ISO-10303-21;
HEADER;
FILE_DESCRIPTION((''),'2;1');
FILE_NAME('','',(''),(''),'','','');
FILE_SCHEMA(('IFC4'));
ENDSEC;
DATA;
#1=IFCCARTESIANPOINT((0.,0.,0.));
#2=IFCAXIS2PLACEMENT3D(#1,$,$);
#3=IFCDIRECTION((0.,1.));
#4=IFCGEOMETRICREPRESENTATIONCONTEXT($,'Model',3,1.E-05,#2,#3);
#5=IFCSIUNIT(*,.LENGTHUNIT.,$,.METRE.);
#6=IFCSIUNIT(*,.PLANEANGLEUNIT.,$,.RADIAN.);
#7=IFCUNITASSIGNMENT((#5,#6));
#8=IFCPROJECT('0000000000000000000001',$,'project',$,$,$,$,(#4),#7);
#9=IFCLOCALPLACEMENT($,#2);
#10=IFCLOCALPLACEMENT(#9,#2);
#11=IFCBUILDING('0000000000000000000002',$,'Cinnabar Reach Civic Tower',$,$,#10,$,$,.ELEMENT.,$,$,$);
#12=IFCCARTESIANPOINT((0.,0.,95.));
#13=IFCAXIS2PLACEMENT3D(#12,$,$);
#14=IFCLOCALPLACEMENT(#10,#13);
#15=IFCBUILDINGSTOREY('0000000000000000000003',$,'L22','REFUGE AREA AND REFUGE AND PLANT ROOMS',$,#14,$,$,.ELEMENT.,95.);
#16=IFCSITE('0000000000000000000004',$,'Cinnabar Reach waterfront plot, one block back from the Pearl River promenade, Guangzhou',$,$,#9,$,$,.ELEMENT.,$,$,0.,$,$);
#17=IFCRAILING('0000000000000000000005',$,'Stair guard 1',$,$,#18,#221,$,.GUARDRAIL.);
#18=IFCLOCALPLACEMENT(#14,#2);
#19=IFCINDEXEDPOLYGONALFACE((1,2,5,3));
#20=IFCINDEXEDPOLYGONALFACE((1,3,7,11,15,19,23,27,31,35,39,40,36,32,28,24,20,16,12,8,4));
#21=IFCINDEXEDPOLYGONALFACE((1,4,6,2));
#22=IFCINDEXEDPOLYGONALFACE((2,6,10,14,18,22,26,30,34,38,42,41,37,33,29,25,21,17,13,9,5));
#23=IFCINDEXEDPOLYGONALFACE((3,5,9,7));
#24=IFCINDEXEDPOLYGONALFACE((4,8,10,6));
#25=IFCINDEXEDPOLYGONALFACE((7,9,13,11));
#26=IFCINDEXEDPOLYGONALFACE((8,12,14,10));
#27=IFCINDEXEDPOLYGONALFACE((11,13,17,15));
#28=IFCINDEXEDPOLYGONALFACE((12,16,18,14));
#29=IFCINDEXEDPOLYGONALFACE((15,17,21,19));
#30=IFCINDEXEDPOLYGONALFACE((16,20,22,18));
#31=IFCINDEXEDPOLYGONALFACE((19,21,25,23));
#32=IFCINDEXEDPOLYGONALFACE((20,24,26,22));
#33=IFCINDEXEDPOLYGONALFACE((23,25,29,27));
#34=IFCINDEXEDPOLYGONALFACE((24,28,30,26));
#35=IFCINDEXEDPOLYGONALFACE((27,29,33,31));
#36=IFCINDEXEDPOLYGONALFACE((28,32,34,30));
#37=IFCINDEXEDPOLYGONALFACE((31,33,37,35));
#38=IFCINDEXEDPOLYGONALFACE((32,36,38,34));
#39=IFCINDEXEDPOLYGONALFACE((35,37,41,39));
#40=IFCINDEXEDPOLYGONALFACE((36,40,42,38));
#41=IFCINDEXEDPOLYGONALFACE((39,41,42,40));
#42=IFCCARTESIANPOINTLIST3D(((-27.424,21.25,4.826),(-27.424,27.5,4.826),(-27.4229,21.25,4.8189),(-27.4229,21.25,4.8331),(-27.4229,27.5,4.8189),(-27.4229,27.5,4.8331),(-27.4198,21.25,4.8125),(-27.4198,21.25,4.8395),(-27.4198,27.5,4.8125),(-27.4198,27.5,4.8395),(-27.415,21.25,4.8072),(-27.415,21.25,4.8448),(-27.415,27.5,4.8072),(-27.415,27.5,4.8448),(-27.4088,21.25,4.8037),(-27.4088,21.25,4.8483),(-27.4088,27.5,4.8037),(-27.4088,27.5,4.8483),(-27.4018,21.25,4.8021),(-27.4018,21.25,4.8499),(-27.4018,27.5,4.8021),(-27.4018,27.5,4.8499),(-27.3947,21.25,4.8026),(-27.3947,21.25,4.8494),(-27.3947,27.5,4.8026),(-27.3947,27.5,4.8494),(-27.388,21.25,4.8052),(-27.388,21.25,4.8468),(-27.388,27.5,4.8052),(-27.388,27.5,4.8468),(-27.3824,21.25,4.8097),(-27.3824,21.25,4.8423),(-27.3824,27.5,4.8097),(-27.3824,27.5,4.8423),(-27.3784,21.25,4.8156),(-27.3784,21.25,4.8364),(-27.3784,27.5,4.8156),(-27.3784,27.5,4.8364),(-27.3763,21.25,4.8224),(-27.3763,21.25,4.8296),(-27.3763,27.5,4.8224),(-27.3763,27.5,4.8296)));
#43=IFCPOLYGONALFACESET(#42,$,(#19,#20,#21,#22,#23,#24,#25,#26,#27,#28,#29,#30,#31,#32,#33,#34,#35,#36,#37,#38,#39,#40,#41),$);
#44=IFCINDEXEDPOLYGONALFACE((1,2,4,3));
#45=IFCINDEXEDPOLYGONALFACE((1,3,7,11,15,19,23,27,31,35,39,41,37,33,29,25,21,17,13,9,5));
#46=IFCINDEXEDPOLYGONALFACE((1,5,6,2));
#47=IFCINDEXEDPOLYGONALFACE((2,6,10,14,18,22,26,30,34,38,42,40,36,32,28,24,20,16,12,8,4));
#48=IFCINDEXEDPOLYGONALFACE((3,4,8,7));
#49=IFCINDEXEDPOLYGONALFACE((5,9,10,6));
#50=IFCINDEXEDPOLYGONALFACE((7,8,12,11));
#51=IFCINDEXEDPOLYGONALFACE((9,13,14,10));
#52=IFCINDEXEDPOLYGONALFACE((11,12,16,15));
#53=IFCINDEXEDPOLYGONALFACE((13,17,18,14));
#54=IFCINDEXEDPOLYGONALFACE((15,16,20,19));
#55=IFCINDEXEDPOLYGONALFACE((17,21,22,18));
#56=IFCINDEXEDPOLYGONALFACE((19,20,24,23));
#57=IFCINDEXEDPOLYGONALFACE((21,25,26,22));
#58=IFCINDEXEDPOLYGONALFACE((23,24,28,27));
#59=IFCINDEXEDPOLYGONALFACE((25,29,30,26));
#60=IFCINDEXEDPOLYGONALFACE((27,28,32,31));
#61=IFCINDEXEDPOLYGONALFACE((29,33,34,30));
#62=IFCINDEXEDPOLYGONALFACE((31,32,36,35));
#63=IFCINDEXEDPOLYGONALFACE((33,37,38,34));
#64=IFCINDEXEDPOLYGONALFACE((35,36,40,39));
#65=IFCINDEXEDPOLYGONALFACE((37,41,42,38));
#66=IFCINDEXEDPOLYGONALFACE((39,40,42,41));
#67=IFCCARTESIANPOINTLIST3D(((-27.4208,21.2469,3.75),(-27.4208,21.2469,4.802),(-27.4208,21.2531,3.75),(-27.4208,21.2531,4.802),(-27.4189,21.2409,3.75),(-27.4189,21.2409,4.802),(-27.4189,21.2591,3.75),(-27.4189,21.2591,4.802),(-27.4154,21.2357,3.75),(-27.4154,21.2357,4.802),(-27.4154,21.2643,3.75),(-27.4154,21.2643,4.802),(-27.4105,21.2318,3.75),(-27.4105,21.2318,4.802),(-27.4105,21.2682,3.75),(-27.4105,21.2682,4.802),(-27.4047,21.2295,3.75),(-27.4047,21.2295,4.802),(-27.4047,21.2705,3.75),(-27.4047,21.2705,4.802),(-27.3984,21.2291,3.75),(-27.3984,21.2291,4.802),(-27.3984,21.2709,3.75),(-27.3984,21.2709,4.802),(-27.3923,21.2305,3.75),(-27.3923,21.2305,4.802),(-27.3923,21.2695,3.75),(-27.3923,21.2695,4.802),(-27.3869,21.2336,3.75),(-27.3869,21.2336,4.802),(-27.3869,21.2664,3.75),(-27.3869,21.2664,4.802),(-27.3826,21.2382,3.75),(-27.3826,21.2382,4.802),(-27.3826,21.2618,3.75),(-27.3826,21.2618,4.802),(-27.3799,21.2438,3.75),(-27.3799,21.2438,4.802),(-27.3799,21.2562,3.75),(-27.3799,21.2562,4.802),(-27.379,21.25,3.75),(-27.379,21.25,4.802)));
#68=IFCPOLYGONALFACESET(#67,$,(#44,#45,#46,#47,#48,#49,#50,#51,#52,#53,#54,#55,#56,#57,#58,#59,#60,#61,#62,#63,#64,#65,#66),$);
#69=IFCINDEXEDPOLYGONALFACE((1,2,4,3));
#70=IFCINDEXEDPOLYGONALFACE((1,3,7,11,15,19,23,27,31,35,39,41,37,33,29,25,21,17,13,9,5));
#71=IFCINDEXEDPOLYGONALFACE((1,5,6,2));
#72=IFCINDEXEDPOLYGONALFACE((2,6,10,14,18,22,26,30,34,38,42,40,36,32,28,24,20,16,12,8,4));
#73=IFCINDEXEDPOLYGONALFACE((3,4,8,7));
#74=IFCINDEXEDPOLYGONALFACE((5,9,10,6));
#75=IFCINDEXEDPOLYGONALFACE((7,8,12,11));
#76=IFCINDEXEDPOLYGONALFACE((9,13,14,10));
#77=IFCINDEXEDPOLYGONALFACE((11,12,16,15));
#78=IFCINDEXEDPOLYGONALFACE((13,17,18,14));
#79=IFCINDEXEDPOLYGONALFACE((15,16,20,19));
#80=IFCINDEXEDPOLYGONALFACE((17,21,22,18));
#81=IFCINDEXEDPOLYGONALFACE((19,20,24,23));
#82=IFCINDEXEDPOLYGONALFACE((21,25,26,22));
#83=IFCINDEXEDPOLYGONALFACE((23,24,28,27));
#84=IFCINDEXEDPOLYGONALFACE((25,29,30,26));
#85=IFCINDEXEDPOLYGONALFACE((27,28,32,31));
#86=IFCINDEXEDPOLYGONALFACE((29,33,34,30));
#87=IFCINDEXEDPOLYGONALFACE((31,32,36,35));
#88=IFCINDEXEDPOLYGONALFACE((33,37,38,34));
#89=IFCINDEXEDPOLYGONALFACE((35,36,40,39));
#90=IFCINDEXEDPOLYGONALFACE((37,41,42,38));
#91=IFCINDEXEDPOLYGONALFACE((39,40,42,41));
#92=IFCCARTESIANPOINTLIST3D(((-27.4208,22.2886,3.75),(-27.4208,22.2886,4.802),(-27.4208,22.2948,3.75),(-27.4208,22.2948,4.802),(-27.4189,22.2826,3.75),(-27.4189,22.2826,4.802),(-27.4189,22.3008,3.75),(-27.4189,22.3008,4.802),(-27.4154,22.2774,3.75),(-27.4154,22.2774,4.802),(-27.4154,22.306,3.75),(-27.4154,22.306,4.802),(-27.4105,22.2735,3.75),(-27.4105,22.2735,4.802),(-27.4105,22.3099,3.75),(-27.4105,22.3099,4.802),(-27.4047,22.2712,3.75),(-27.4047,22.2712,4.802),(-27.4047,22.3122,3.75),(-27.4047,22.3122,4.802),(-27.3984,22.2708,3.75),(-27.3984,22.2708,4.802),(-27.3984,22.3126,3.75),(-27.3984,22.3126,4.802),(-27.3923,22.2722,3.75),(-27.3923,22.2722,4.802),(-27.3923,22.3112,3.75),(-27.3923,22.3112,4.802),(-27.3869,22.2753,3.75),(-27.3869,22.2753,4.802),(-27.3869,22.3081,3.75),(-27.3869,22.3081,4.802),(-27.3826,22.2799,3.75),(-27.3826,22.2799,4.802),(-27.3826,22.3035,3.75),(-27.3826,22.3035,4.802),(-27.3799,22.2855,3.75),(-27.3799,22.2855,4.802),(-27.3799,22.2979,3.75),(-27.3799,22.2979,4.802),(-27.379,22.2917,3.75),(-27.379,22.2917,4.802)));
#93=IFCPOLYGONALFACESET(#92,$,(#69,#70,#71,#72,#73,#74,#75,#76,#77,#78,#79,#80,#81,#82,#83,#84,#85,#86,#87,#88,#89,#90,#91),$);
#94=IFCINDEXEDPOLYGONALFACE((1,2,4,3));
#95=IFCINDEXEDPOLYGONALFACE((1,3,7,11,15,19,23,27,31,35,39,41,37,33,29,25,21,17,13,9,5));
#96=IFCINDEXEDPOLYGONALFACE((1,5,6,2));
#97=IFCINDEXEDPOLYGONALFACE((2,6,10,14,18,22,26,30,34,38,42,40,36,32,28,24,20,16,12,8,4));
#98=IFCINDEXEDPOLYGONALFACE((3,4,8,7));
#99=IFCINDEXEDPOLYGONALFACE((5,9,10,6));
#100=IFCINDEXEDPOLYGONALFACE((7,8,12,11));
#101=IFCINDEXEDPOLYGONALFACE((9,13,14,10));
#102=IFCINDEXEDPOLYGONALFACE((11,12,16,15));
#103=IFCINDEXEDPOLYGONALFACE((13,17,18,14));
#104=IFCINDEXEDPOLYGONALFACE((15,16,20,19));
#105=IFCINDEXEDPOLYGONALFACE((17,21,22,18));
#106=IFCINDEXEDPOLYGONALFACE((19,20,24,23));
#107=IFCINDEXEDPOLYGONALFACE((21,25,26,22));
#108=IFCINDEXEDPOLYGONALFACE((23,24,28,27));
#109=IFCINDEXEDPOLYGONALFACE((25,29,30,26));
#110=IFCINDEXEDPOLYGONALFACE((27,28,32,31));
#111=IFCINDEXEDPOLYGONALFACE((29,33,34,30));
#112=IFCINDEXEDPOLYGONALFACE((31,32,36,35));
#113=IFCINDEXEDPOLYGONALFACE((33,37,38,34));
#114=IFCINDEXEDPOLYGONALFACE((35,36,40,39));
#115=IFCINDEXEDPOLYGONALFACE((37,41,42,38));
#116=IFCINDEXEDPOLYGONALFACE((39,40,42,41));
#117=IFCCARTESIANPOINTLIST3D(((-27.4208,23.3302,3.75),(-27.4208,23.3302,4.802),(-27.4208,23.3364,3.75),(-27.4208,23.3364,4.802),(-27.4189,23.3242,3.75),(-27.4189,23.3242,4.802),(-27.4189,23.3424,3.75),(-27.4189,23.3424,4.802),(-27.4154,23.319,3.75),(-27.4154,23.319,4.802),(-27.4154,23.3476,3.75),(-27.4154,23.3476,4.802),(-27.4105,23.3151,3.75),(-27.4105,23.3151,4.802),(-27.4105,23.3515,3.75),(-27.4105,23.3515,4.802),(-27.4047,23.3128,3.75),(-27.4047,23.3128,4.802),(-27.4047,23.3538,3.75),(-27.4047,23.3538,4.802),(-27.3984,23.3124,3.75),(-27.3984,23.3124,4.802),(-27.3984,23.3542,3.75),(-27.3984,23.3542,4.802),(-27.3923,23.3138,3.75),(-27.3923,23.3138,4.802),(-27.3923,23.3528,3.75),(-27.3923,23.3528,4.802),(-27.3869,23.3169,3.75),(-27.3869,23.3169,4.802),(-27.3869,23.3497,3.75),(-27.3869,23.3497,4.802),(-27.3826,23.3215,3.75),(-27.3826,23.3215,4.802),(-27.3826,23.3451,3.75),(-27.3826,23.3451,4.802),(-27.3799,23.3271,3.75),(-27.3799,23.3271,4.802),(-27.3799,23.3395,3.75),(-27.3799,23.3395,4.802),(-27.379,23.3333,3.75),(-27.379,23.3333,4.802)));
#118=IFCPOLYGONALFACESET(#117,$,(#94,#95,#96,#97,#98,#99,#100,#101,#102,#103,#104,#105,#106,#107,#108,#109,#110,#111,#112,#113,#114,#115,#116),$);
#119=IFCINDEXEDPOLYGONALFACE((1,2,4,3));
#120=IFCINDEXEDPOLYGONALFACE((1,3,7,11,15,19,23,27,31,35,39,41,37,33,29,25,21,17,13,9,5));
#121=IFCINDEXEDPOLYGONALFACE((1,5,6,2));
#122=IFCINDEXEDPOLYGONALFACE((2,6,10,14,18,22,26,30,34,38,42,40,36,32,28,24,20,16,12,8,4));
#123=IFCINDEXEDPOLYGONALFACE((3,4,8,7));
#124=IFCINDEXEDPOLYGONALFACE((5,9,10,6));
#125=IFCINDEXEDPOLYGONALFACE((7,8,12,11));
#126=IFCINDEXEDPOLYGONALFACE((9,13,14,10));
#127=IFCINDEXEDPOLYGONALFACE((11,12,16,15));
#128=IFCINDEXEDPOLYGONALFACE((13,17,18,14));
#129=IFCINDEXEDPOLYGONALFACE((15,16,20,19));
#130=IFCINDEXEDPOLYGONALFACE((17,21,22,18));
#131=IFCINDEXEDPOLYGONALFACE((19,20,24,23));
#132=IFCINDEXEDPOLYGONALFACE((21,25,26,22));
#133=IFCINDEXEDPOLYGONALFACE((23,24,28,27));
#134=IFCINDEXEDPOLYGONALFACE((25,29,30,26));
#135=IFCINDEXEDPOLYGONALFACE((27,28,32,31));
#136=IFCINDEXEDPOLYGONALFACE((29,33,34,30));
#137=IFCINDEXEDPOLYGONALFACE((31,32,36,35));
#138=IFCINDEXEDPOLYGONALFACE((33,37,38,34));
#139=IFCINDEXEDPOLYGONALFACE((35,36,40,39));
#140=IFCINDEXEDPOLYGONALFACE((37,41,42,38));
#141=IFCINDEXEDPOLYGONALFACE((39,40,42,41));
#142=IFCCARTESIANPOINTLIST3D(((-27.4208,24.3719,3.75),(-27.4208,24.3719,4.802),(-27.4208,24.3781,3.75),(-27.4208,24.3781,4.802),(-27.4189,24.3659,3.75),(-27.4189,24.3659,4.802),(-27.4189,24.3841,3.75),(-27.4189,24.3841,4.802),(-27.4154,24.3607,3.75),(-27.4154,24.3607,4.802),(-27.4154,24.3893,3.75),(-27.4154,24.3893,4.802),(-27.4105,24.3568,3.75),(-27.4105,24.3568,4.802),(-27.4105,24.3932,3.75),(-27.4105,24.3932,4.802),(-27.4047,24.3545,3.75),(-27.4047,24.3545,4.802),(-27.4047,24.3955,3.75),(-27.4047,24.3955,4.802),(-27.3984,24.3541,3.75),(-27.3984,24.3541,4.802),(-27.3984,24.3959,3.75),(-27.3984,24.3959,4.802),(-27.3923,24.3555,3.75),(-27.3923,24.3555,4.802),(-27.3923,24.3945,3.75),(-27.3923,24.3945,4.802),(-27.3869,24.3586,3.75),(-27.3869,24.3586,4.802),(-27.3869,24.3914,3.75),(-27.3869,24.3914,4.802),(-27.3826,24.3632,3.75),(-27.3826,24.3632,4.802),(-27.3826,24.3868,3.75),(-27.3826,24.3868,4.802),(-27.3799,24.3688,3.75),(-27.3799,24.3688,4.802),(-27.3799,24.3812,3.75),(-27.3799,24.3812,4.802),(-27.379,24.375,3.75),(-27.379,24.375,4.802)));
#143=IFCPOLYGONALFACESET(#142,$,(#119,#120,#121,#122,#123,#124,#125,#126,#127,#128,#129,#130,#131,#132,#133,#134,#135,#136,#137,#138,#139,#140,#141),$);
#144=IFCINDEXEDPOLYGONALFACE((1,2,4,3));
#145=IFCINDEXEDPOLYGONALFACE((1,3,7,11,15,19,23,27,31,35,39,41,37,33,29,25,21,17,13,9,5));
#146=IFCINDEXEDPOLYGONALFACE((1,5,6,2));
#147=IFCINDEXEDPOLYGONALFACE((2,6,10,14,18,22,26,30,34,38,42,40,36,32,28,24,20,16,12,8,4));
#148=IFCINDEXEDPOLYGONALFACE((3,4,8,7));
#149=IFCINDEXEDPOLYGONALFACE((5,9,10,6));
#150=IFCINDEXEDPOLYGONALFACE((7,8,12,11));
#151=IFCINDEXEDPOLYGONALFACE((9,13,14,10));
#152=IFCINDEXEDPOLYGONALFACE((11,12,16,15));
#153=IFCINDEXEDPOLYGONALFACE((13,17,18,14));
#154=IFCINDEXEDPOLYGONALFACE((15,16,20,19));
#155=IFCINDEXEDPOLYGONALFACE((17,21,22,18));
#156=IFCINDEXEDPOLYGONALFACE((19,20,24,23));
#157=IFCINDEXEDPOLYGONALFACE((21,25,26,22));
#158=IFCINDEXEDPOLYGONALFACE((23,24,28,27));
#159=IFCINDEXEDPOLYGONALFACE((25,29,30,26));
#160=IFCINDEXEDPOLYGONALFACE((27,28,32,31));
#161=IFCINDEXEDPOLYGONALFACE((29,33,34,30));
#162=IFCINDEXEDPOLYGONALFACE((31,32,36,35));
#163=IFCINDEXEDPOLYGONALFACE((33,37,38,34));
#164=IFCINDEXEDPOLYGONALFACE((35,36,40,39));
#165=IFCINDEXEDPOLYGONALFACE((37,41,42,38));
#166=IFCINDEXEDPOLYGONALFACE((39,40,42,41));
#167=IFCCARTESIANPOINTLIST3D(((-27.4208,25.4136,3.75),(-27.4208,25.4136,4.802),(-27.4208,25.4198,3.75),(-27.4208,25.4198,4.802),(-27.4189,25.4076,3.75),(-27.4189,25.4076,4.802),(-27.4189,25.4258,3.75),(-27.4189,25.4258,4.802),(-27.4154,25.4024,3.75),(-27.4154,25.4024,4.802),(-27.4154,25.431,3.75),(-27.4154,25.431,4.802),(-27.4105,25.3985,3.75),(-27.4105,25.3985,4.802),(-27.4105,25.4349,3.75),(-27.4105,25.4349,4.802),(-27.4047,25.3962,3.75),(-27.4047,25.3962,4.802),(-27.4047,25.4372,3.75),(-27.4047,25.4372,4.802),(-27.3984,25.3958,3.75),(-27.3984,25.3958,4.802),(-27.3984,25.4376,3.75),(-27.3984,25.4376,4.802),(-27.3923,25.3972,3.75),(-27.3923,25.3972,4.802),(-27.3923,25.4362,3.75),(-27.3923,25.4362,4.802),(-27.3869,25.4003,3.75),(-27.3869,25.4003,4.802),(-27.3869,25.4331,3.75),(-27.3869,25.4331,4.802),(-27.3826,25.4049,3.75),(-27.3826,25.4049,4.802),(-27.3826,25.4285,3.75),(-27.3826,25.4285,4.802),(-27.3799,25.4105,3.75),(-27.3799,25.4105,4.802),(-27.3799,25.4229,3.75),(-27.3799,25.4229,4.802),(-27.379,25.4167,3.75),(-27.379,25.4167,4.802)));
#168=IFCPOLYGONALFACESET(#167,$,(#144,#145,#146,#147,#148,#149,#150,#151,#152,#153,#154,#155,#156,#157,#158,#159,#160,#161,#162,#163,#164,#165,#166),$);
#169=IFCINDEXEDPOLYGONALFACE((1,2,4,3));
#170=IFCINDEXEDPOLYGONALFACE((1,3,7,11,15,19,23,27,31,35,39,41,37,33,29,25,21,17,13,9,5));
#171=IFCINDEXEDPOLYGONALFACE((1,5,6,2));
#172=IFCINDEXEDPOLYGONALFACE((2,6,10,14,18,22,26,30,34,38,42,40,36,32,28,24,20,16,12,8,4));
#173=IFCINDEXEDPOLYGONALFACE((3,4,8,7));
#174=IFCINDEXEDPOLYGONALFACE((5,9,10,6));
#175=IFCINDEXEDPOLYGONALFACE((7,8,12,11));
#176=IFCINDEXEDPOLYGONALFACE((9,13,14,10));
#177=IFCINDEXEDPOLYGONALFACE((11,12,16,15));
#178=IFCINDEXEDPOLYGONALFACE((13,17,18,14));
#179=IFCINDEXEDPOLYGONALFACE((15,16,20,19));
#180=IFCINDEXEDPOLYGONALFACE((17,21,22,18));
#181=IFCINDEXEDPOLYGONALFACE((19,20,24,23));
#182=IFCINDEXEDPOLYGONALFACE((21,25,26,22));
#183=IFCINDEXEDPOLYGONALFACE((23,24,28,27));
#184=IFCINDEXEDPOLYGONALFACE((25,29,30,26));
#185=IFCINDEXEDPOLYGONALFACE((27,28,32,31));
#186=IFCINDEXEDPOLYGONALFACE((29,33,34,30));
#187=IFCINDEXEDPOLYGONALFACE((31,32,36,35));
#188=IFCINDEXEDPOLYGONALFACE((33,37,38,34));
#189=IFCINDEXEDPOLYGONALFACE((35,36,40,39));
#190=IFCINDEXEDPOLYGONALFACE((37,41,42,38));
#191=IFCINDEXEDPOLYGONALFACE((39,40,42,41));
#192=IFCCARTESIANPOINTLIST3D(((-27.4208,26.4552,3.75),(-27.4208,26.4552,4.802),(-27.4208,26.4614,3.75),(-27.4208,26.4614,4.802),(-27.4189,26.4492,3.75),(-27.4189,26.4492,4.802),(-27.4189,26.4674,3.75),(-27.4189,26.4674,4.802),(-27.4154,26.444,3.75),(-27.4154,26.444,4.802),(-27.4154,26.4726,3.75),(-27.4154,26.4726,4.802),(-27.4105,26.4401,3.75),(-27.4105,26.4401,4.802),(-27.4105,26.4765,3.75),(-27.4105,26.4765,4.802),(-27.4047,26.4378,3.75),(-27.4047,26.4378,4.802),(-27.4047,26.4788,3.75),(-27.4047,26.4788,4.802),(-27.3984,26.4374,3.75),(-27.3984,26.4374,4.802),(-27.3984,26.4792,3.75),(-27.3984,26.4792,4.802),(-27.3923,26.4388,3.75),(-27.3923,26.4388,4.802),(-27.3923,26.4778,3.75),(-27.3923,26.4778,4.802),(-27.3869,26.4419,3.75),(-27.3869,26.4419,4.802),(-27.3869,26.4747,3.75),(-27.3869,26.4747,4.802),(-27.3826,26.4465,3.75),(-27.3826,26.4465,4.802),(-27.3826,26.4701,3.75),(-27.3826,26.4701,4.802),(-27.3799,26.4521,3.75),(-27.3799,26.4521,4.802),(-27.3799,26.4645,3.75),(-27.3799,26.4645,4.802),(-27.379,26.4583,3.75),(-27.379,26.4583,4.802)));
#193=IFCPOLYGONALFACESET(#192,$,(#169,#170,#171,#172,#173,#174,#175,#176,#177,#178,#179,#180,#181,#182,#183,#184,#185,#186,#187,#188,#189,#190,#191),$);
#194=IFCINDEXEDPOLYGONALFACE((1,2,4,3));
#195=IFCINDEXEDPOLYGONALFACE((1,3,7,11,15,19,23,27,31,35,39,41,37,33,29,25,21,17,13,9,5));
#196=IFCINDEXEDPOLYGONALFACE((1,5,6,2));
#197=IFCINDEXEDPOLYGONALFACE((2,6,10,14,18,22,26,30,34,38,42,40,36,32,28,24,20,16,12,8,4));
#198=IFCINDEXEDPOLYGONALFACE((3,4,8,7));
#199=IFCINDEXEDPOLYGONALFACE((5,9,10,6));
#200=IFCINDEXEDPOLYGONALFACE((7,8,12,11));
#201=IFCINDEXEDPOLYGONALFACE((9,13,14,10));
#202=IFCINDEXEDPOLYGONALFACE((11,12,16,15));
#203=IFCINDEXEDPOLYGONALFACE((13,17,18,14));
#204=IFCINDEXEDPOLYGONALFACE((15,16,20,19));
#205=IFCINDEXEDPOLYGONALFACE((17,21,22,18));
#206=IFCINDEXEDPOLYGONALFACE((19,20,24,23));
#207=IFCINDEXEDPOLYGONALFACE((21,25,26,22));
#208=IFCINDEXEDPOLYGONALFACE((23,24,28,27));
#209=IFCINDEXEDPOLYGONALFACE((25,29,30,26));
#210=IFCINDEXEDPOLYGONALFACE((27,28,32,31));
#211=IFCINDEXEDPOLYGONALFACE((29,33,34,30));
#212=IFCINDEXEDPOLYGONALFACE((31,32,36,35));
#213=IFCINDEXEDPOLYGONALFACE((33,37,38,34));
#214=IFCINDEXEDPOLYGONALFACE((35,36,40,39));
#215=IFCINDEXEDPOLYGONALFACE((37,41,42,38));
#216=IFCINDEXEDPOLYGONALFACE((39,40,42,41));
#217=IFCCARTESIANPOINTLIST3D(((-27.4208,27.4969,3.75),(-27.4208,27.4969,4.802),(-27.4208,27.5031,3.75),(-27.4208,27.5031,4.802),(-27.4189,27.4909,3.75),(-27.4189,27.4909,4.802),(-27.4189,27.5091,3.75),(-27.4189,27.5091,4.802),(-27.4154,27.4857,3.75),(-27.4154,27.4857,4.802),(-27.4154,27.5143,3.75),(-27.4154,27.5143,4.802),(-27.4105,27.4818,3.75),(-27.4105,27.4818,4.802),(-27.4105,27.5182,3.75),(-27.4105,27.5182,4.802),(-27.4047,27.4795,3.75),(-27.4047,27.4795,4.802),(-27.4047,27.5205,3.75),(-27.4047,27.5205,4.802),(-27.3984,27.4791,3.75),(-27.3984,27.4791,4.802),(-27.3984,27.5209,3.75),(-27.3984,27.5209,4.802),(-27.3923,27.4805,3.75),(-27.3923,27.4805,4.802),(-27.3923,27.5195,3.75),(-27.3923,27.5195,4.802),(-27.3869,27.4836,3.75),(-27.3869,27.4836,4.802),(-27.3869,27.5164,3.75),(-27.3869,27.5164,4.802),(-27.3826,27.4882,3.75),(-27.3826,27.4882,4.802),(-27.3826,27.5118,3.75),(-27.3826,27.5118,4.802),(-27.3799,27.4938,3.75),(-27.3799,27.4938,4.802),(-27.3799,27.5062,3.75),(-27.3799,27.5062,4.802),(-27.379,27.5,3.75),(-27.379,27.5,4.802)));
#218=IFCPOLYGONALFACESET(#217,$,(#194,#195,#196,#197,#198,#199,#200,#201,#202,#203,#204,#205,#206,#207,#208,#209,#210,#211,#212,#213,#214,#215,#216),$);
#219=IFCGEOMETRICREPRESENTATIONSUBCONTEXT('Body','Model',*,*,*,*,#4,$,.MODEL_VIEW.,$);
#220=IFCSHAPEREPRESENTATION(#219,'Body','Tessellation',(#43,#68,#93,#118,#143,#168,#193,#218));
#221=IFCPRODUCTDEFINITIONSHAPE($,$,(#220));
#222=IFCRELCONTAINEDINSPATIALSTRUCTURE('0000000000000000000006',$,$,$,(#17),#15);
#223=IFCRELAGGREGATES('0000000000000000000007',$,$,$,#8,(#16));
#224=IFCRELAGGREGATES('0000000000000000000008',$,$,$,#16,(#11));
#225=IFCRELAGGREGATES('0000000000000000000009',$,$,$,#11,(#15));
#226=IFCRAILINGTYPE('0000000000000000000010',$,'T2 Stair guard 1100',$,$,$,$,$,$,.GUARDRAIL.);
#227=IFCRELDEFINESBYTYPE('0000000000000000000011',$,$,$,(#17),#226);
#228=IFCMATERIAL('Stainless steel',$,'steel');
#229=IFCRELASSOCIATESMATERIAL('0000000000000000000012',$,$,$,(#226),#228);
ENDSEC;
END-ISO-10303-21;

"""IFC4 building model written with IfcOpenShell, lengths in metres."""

from ifc_helpers import new_model, si_unit, direction, frame, origin, origin_2d, place, context, subcontext, project, spatial, circle, extrude, material, type_object, element, save


model = new_model("IFC4")

# Units and contexts
model_context = context("Model", 3, precision=1e-05, world=origin(), true_north=direction((0.0, 1.0)))
body_context = subcontext(model_context, "Body", "Model", "MODEL_VIEW")
ifc_project = project(units=[si_unit("LENGTHUNIT", "METRE"), si_unit("PLANEANGLEUNIT", "RADIAN")], contexts=[model_context])

# Site, building, storey
site_placement = place(None, origin())
site = spatial("IfcSite", under=ifc_project, at=site_placement, Name="Cinnabar Reach waterfront plot, one block back from the Pearl River promenade, Guangzhou", CompositionType="ELEMENT", RefElevation=0.0)
building_placement = place(site_placement, origin())
building = spatial("IfcBuilding", under=site, at=building_placement, Name="Cinnabar Reach Civic Tower", CompositionType="ELEMENT")
storey_placement = place(building_placement, frame((0.0, 0.0, 95.0)))
storey = spatial("IfcBuildingStorey", under=building, at=storey_placement, Name="L22", Description="REFUGE AREA AND REFUGE AND PLANT ROOMS", CompositionType="ELEMENT", Elevation=95.0)

# Railing
ifc_material_1 = material(Name="Stainless steel", Category="steel")
railing_type = type_object("IfcRailingType", Name="T2 Stair guard 1100", PredefinedType="GUARDRAIL", material=ifc_material_1)
for number, where, name in (
    (1, (-27.4, 21.25, 3.75), "Stair guard 1"),
):
    element("IfcRailing", number, at=place(storey_placement, frame(where)), inside=storey, type_object=railing_type, Name=name, PredefinedType="GUARDRAIL", context=body_context, shape_type="SweptSolid", body=[
        extrude(circle(Radius=0.024, at=origin_2d()), frame((0.0, 0.0, 1.076), z_axis=(0.0, 1.0, 0.0), x_axis=(-1.0, 0.0, 0.0)), (0.0, 0.0, 1.0), 6.25),
        extrude(circle(Radius=0.021, at=origin_2d()), origin(), (0.0, 0.0, 1.0), 1.052),
        extrude(circle(Radius=0.021, at=origin_2d()), frame((0.0, 1.0417, 0.0)), (0.0, 0.0, 1.0), 1.052),
        extrude(circle(Radius=0.021, at=origin_2d()), frame((0.0, 2.0833, 0.0)), (0.0, 0.0, 1.0), 1.052),
        extrude(circle(Radius=0.021, at=origin_2d()), frame((0.0, 3.125, 0.0)), (0.0, 0.0, 1.0), 1.052),
        extrude(circle(Radius=0.021, at=origin_2d()), frame((0.0, 4.1667, 0.0)), (0.0, 0.0, 1.0), 1.052),
        extrude(circle(Radius=0.021, at=origin_2d()), frame((0.0, 5.2083, 0.0)), (0.0, 0.0, 1.0), 1.052),
        extrude(circle(Radius=0.021, at=origin_2d()), frame((0.0, 6.25, 0.0)), (0.0, 0.0, 1.0), 1.052),
    ])

save(model, "model.ifc")
